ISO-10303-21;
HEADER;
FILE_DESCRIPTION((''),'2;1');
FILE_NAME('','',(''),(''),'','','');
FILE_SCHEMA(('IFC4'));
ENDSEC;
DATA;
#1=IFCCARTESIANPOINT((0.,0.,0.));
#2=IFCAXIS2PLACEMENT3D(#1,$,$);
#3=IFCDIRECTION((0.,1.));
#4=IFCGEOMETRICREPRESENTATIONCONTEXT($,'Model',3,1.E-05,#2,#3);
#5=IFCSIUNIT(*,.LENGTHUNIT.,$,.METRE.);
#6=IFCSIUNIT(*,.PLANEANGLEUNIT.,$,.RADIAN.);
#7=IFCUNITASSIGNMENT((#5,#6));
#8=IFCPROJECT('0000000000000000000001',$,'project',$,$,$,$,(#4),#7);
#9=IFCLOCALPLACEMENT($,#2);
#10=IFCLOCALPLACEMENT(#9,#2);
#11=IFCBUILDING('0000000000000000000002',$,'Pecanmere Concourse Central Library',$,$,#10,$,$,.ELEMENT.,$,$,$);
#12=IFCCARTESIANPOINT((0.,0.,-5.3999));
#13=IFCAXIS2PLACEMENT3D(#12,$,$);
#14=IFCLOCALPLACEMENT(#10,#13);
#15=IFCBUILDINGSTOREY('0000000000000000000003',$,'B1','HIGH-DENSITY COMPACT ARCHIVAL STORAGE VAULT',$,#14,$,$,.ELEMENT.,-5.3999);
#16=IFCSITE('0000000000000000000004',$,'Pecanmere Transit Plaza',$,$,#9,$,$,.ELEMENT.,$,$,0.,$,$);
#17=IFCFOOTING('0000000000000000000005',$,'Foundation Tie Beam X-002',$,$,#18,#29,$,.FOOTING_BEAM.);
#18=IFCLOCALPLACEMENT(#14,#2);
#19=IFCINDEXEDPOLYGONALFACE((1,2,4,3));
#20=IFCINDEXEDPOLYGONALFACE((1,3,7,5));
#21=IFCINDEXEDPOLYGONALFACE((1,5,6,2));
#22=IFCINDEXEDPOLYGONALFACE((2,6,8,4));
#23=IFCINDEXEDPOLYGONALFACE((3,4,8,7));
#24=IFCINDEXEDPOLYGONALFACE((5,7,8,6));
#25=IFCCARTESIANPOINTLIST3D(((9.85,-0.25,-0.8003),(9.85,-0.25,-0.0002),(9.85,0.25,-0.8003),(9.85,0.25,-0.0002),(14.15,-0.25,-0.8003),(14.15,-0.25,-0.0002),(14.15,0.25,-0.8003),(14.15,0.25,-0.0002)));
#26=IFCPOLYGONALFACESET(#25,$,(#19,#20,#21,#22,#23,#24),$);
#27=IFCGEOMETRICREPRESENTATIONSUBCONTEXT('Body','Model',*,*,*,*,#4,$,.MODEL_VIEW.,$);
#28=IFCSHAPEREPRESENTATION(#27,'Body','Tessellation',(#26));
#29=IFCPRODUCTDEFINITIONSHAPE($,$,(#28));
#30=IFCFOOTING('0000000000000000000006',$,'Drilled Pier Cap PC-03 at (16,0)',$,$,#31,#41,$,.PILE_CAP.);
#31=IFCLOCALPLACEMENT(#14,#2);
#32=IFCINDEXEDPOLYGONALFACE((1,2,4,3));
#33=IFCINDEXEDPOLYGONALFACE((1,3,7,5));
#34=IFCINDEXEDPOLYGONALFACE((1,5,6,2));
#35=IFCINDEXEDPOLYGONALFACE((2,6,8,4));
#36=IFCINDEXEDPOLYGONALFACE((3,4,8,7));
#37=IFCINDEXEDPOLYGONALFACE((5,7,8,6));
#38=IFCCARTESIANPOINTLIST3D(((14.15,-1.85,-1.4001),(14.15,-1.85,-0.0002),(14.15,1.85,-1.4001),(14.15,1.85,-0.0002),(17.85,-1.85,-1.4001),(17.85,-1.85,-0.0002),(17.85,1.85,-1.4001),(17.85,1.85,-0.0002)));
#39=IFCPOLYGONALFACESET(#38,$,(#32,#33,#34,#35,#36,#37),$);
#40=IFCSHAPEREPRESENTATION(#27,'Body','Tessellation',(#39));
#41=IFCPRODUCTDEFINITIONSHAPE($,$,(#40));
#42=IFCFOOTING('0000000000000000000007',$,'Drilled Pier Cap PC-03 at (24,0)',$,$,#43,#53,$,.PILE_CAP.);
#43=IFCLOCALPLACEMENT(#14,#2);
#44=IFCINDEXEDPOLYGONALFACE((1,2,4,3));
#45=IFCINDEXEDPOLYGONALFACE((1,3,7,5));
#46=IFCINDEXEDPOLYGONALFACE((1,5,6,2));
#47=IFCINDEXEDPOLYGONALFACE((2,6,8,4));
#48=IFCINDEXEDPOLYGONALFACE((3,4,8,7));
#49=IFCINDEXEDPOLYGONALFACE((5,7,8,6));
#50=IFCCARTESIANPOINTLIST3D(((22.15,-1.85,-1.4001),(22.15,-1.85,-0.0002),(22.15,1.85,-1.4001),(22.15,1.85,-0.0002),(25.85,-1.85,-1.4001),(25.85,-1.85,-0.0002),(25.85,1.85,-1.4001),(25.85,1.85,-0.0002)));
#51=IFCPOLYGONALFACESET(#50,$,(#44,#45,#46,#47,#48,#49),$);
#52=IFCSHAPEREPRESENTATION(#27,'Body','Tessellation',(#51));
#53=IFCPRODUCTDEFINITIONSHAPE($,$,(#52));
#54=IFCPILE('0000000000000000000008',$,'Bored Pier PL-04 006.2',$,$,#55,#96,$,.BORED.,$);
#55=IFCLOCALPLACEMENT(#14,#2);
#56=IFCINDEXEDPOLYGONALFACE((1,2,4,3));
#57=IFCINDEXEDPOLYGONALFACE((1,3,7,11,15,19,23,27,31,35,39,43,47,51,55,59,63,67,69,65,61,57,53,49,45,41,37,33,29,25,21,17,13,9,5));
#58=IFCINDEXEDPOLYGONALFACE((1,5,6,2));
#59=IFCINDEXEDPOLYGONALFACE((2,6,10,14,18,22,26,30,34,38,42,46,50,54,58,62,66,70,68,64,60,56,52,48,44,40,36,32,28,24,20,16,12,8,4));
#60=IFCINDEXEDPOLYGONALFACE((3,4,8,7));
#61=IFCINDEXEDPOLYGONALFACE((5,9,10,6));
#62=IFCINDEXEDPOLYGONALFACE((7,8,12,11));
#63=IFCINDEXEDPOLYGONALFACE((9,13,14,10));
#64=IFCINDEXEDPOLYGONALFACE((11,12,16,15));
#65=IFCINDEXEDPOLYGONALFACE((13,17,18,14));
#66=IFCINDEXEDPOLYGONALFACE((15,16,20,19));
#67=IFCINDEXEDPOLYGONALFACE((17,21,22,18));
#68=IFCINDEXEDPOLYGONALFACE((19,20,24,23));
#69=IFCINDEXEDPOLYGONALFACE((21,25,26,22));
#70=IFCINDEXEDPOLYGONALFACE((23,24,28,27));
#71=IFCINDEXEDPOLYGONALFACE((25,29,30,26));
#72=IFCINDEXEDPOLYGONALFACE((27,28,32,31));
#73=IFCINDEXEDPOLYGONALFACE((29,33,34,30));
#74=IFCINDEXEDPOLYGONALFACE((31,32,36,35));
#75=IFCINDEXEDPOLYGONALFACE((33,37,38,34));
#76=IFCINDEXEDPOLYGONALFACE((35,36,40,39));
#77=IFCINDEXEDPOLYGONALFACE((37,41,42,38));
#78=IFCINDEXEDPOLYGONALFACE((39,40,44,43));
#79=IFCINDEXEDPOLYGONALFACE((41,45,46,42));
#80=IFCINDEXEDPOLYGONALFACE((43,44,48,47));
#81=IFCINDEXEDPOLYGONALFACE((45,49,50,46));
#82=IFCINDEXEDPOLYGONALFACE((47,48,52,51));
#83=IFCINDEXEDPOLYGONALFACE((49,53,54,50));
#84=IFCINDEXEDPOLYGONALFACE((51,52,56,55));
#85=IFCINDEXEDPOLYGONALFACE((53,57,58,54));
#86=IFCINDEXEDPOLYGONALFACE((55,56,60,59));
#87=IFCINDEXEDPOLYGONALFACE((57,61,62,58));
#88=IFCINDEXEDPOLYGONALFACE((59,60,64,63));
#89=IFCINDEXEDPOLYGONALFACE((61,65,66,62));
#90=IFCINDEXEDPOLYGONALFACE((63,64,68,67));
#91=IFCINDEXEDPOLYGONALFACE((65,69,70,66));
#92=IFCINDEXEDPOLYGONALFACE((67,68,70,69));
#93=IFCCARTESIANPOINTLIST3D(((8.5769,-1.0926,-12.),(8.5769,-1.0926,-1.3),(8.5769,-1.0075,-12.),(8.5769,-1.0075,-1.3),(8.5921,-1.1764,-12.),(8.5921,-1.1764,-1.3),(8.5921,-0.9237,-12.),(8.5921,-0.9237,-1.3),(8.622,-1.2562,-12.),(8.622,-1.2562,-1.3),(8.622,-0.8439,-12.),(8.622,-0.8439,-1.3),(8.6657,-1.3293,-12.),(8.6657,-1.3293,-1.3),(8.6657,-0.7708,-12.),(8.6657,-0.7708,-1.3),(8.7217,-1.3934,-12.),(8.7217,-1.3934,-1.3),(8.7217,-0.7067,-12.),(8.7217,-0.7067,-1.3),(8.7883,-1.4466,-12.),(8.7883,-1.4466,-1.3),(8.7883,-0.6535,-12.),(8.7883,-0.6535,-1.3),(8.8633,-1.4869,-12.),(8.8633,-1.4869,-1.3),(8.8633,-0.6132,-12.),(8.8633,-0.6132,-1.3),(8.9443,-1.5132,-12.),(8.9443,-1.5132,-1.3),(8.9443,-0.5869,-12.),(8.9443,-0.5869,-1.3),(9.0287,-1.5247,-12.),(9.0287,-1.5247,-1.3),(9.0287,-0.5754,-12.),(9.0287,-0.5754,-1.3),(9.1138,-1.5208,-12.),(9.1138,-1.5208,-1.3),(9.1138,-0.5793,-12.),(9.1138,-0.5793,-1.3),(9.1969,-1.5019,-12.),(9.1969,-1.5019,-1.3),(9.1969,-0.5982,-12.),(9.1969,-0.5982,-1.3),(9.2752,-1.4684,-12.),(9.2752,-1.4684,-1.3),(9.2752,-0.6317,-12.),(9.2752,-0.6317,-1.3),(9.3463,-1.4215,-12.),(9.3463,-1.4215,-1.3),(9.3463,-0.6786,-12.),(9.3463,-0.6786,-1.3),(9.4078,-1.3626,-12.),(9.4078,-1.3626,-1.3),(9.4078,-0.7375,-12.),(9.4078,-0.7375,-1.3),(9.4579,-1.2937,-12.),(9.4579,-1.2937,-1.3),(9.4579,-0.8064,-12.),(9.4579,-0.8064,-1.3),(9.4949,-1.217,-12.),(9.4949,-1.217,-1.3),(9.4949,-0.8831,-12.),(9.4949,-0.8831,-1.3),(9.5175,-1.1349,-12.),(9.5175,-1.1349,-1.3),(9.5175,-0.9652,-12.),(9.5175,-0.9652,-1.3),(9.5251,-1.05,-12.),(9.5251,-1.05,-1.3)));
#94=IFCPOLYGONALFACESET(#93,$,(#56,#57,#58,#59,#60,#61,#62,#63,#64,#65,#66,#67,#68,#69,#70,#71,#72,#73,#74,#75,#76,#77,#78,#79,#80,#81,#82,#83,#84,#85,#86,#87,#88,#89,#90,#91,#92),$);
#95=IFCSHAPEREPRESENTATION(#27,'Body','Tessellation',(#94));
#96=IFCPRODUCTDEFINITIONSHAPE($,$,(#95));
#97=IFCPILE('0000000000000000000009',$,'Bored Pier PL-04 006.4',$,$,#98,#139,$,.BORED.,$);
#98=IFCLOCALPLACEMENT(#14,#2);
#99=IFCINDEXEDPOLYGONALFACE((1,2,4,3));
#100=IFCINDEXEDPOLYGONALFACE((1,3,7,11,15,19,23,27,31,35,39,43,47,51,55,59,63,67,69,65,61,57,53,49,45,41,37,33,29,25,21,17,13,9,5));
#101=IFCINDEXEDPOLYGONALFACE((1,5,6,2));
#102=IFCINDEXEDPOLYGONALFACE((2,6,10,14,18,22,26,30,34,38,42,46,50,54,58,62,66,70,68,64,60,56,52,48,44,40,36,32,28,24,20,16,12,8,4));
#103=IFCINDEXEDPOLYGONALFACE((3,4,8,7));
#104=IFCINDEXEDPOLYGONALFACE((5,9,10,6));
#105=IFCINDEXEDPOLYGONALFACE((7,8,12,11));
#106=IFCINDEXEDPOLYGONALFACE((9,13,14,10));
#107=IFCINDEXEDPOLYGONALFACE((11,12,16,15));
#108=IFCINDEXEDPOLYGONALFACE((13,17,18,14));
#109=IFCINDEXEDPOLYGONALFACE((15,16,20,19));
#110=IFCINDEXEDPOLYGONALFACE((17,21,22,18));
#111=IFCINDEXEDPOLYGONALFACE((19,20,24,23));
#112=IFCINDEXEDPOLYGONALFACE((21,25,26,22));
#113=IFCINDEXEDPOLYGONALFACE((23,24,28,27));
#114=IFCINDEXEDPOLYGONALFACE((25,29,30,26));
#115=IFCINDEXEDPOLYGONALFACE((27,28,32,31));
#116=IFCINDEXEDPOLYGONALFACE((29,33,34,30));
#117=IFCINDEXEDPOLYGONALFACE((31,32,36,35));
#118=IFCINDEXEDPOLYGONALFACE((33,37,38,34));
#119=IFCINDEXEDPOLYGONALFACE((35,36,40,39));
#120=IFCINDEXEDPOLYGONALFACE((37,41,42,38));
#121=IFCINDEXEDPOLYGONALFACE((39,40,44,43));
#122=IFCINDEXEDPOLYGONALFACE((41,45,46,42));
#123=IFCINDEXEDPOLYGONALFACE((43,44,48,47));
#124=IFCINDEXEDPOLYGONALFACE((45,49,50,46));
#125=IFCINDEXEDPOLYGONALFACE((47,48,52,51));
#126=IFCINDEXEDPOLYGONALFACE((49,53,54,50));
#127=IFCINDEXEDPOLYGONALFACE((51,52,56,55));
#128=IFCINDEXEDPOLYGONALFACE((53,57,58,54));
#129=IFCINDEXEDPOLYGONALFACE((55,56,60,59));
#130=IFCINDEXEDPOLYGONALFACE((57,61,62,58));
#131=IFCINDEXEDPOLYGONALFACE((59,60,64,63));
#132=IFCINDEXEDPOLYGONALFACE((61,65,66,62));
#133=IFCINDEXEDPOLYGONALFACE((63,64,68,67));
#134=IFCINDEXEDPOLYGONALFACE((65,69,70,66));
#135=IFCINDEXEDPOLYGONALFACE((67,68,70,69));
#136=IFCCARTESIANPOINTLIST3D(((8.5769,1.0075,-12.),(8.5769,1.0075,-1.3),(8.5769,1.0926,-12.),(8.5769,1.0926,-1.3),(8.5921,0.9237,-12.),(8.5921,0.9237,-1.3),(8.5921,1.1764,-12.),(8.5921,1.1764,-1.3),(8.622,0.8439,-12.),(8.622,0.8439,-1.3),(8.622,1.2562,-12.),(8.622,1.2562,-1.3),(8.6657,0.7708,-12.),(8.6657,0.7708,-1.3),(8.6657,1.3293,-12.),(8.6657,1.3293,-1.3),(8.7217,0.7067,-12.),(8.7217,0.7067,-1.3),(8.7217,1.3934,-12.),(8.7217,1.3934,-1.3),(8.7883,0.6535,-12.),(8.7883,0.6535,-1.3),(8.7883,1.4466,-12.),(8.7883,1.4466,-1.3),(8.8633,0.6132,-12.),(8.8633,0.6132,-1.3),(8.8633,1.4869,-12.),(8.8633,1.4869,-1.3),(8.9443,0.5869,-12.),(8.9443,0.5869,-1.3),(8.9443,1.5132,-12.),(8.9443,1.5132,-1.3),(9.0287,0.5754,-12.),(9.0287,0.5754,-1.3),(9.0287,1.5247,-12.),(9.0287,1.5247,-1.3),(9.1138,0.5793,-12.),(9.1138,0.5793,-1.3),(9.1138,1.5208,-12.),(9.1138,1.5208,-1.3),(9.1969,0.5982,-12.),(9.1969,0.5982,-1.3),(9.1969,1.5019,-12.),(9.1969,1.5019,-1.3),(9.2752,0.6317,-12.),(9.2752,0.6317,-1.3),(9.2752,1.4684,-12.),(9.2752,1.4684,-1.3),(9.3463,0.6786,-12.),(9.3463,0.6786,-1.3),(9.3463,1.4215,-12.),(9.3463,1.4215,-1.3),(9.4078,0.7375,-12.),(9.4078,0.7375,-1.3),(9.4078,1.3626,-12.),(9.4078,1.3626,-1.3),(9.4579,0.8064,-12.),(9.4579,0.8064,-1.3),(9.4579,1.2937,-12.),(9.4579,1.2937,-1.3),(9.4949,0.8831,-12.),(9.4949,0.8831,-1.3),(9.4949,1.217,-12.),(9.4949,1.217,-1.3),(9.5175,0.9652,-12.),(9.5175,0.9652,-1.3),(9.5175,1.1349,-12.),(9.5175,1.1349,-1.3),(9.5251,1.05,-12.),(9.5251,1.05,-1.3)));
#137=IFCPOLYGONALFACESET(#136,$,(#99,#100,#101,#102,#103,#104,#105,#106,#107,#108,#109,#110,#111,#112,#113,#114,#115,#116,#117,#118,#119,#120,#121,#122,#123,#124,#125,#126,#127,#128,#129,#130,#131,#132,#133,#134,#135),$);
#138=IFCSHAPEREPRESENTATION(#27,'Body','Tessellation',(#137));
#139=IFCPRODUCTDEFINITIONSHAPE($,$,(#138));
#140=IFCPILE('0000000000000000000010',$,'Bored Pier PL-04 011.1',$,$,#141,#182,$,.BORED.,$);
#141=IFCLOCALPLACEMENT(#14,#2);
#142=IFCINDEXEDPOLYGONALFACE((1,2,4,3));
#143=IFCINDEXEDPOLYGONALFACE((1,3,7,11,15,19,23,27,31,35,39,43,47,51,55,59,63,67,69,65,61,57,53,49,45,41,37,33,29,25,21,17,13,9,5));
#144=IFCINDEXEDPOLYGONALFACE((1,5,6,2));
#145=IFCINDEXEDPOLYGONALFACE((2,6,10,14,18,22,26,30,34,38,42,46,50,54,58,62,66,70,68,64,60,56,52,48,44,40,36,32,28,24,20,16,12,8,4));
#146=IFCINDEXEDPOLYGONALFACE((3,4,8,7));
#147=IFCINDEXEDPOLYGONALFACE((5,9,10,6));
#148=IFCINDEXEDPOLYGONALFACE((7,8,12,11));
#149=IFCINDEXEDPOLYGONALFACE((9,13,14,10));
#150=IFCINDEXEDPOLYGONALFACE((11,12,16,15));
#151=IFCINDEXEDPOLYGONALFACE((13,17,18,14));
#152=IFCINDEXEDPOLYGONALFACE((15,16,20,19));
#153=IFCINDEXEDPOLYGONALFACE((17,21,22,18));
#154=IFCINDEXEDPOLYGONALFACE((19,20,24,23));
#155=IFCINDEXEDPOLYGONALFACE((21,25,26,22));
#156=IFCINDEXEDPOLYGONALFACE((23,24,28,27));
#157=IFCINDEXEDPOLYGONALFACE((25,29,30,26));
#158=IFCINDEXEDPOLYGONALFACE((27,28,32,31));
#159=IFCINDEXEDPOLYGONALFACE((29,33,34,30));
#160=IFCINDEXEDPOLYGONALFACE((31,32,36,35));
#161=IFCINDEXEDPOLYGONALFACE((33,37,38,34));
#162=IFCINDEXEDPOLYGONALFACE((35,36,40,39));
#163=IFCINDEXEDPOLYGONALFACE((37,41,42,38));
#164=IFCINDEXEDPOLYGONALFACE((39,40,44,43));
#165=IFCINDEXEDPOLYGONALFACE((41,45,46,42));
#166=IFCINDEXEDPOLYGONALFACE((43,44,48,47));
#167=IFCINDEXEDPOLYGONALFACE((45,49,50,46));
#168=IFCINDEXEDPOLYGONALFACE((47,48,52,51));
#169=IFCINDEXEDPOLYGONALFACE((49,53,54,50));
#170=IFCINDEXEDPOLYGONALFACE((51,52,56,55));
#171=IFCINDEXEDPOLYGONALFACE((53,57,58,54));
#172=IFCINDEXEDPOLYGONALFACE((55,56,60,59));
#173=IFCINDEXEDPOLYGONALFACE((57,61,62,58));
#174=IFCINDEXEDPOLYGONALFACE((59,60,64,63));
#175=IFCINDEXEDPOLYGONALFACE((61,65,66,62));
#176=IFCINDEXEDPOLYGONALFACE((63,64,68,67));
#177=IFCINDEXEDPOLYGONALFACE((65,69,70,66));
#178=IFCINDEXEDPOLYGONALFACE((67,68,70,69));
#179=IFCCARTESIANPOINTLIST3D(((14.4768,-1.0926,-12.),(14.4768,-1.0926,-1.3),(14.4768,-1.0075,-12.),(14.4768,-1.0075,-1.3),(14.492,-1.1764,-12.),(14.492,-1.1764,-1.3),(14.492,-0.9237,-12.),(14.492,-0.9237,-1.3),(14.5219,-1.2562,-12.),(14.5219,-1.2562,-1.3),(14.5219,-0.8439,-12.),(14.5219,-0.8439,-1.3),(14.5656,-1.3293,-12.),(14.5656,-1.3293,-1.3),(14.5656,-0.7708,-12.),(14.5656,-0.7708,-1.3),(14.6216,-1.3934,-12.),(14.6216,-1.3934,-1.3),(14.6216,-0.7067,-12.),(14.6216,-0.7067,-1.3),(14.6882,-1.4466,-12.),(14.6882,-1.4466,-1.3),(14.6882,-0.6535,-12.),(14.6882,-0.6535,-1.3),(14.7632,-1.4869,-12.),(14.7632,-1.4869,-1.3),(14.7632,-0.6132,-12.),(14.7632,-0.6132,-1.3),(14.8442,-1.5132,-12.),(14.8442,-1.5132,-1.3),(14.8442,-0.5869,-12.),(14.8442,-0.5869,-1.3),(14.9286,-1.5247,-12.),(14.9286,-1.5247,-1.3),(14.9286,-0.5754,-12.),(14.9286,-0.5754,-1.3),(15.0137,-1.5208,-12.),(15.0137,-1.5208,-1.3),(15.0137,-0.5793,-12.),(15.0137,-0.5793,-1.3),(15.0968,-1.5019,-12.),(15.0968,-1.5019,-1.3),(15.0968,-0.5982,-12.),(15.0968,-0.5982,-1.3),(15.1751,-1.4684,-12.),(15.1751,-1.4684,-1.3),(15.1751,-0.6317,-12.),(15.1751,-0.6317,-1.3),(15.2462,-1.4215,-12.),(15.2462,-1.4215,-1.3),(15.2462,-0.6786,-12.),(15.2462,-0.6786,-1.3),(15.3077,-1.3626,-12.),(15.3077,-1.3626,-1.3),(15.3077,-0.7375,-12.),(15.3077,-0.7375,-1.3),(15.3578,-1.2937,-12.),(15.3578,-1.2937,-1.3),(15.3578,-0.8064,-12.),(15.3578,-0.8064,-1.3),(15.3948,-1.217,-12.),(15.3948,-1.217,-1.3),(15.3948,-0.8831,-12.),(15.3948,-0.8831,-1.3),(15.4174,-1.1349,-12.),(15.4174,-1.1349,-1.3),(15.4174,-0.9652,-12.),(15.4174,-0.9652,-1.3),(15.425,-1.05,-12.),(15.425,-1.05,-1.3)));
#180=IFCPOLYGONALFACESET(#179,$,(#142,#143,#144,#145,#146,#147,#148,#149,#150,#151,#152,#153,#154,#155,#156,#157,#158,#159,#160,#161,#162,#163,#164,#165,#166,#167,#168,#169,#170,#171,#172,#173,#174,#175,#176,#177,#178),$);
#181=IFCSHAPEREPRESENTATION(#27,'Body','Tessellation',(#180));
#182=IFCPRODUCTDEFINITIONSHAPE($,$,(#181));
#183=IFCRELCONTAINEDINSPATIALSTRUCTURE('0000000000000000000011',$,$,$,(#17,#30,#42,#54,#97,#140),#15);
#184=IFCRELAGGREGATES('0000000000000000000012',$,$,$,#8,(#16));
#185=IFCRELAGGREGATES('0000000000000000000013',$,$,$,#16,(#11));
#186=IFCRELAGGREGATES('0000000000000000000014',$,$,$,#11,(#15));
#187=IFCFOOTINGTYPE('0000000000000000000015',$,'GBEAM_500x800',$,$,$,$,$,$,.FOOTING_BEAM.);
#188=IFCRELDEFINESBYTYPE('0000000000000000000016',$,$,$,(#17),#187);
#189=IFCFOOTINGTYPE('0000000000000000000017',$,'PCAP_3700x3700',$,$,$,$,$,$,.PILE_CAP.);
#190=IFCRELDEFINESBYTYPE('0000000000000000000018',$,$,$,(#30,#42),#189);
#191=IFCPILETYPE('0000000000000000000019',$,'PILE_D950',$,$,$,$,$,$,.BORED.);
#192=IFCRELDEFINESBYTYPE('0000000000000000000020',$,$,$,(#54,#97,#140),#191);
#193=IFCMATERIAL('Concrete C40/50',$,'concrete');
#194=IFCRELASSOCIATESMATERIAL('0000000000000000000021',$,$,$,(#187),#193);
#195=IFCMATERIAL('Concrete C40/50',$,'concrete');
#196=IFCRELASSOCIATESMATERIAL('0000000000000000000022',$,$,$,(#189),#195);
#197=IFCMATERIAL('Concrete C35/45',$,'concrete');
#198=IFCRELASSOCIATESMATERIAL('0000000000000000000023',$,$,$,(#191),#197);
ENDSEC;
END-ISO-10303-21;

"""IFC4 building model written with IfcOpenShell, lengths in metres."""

from ifc_helpers import new_model, si_unit, direction, frame, origin, origin_2d, place, context, subcontext, project, spatial, rectangle, circle, extrude, material, material_profile, profile_set, type_object, element, save


model = new_model("IFC4")

# Units and contexts
model_context = context("Model", 3, precision=1e-05, world=origin(), true_north=direction((0.0, 1.0)))
body_context = subcontext(model_context, "Body", "Model", "MODEL_VIEW")
ifc_project = project(units=[si_unit("LENGTHUNIT", "METRE"), si_unit("PLANEANGLEUNIT", "RADIAN")], contexts=[model_context])

# Site, building, storey
site_placement = place(None, origin())
site = spatial("IfcSite", under=ifc_project, at=site_placement, Name="Pecanmere Transit Plaza", CompositionType="ELEMENT", RefElevation=0.0)
building_placement = place(site_placement, origin())
building = spatial("IfcBuilding", under=site, at=building_placement, Name="Pecanmere Concourse Central Library", CompositionType="ELEMENT")
storey_placement = place(building_placement, frame((0.0, 0.0, -5.3999)))
storey = spatial("IfcBuildingStorey", under=building, at=storey_placement, Name="B1", Description="HIGH-DENSITY COMPACT ARCHIVAL STORAGE VAULT", CompositionType="ELEMENT", Elevation=-5.3999)

# Footings
ifc_material_1 = material(Name="Concrete C40/50", Category="concrete")
ifc_material_profile_1 = material_profile(ifc_material_1, rectangle(XDim=0.5, YDim=0.8, at=origin_2d()), Name="RC 500x800")
ifc_profile_set_1 = profile_set([ifc_material_profile_1], Name="Concrete C40/50")
footing_type_1 = type_object("IfcFootingType", Name="GBEAM_500x800", PredefinedType="FOOTING_BEAM", material=ifc_profile_set_1)
footing_1_placement = place(storey_placement, frame((12.0, 0.0, -0.8003), z_axis=(0.0, 0.0, 1.0), x_axis=(1.0, 0.0, 0.0)))
element("IfcFooting", 1, at=footing_1_placement, inside=storey, type_object=footing_type_1, Name="Foundation Tie Beam X-002", PredefinedType="FOOTING_BEAM", context=body_context, shape_type="SweptSolid", body=[
    extrude(rectangle(XDim=4.3, YDim=0.5, at=origin_2d()), origin(), (0.0, 0.0, 1.0), 0.8),
])
ifc_material_2 = material(Name="Concrete C40/50", Category="concrete")
footing_type_2 = type_object("IfcFootingType", Name="PCAP_3700x3700", PredefinedType="PILE_CAP", material=ifc_material_2)
for number, where, z_axis, x_axis, name in (
    (2, (16.0, 0.0, -1.4001), (0.0, 0.0, 1.0), (1.0, 0.0, 0.0), "Drilled Pier Cap PC-03 at (16,0)"),
    (3, (24.0, 0.0, -1.4001), (0.0, 0.0, 1.0), (1.0, 0.0, 0.0), "Drilled Pier Cap PC-03 at (24,0)"),
):
    element("IfcFooting", number, at=place(storey_placement, frame(where, z_axis=z_axis, x_axis=x_axis)), inside=storey, type_object=footing_type_2, Name=name, PredefinedType="PILE_CAP", context=body_context, shape_type="SweptSolid", body=[
        extrude(rectangle(XDim=3.7, YDim=3.7, at=origin_2d()), origin(), (0.0, 0.0, 1.0), 1.3999),
    ])

# Piles
ifc_material_3 = material(Name="Concrete C35/45", Category="concrete")
ifc_material_profile_2 = material_profile(ifc_material_3, circle(Radius=0.4751, at=origin_2d()), Name="PIER D950")
ifc_profile_set_2 = profile_set([ifc_material_profile_2], Name="Concrete C35/45")
pile_type = type_object("IfcPileType", Name="PILE_D950", PredefinedType="BORED", material=ifc_profile_set_2)
for number, where, z_axis, x_axis, name in (
    (4, (9.05, -1.05, -1.3), (0.0, 0.0, -1.0), (1.0, 0.0, 0.0), "Bored Pier PL-04 006.2"),
    (5, (9.05, 1.05, -1.3), (0.0, 0.0, -1.0), (1.0, 0.0, 0.0), "Bored Pier PL-04 006.4"),
    (6, (14.95, -1.05, -1.3), (0.0, 0.0, -1.0), (1.0, 0.0, 0.0), "Bored Pier PL-04 011.1"),
):
    element("IfcPile", number, at=place(storey_placement, frame(where, z_axis=z_axis, x_axis=x_axis)), inside=storey, type_object=pile_type, Name=name, PredefinedType="BORED", context=body_context, shape_type="SweptSolid", body=[
        extrude(circle(Radius=0.4751, at=origin_2d()), origin(), (0.0, 0.0, 1.0), 10.7),
    ])

save(model, "model.ifc")
